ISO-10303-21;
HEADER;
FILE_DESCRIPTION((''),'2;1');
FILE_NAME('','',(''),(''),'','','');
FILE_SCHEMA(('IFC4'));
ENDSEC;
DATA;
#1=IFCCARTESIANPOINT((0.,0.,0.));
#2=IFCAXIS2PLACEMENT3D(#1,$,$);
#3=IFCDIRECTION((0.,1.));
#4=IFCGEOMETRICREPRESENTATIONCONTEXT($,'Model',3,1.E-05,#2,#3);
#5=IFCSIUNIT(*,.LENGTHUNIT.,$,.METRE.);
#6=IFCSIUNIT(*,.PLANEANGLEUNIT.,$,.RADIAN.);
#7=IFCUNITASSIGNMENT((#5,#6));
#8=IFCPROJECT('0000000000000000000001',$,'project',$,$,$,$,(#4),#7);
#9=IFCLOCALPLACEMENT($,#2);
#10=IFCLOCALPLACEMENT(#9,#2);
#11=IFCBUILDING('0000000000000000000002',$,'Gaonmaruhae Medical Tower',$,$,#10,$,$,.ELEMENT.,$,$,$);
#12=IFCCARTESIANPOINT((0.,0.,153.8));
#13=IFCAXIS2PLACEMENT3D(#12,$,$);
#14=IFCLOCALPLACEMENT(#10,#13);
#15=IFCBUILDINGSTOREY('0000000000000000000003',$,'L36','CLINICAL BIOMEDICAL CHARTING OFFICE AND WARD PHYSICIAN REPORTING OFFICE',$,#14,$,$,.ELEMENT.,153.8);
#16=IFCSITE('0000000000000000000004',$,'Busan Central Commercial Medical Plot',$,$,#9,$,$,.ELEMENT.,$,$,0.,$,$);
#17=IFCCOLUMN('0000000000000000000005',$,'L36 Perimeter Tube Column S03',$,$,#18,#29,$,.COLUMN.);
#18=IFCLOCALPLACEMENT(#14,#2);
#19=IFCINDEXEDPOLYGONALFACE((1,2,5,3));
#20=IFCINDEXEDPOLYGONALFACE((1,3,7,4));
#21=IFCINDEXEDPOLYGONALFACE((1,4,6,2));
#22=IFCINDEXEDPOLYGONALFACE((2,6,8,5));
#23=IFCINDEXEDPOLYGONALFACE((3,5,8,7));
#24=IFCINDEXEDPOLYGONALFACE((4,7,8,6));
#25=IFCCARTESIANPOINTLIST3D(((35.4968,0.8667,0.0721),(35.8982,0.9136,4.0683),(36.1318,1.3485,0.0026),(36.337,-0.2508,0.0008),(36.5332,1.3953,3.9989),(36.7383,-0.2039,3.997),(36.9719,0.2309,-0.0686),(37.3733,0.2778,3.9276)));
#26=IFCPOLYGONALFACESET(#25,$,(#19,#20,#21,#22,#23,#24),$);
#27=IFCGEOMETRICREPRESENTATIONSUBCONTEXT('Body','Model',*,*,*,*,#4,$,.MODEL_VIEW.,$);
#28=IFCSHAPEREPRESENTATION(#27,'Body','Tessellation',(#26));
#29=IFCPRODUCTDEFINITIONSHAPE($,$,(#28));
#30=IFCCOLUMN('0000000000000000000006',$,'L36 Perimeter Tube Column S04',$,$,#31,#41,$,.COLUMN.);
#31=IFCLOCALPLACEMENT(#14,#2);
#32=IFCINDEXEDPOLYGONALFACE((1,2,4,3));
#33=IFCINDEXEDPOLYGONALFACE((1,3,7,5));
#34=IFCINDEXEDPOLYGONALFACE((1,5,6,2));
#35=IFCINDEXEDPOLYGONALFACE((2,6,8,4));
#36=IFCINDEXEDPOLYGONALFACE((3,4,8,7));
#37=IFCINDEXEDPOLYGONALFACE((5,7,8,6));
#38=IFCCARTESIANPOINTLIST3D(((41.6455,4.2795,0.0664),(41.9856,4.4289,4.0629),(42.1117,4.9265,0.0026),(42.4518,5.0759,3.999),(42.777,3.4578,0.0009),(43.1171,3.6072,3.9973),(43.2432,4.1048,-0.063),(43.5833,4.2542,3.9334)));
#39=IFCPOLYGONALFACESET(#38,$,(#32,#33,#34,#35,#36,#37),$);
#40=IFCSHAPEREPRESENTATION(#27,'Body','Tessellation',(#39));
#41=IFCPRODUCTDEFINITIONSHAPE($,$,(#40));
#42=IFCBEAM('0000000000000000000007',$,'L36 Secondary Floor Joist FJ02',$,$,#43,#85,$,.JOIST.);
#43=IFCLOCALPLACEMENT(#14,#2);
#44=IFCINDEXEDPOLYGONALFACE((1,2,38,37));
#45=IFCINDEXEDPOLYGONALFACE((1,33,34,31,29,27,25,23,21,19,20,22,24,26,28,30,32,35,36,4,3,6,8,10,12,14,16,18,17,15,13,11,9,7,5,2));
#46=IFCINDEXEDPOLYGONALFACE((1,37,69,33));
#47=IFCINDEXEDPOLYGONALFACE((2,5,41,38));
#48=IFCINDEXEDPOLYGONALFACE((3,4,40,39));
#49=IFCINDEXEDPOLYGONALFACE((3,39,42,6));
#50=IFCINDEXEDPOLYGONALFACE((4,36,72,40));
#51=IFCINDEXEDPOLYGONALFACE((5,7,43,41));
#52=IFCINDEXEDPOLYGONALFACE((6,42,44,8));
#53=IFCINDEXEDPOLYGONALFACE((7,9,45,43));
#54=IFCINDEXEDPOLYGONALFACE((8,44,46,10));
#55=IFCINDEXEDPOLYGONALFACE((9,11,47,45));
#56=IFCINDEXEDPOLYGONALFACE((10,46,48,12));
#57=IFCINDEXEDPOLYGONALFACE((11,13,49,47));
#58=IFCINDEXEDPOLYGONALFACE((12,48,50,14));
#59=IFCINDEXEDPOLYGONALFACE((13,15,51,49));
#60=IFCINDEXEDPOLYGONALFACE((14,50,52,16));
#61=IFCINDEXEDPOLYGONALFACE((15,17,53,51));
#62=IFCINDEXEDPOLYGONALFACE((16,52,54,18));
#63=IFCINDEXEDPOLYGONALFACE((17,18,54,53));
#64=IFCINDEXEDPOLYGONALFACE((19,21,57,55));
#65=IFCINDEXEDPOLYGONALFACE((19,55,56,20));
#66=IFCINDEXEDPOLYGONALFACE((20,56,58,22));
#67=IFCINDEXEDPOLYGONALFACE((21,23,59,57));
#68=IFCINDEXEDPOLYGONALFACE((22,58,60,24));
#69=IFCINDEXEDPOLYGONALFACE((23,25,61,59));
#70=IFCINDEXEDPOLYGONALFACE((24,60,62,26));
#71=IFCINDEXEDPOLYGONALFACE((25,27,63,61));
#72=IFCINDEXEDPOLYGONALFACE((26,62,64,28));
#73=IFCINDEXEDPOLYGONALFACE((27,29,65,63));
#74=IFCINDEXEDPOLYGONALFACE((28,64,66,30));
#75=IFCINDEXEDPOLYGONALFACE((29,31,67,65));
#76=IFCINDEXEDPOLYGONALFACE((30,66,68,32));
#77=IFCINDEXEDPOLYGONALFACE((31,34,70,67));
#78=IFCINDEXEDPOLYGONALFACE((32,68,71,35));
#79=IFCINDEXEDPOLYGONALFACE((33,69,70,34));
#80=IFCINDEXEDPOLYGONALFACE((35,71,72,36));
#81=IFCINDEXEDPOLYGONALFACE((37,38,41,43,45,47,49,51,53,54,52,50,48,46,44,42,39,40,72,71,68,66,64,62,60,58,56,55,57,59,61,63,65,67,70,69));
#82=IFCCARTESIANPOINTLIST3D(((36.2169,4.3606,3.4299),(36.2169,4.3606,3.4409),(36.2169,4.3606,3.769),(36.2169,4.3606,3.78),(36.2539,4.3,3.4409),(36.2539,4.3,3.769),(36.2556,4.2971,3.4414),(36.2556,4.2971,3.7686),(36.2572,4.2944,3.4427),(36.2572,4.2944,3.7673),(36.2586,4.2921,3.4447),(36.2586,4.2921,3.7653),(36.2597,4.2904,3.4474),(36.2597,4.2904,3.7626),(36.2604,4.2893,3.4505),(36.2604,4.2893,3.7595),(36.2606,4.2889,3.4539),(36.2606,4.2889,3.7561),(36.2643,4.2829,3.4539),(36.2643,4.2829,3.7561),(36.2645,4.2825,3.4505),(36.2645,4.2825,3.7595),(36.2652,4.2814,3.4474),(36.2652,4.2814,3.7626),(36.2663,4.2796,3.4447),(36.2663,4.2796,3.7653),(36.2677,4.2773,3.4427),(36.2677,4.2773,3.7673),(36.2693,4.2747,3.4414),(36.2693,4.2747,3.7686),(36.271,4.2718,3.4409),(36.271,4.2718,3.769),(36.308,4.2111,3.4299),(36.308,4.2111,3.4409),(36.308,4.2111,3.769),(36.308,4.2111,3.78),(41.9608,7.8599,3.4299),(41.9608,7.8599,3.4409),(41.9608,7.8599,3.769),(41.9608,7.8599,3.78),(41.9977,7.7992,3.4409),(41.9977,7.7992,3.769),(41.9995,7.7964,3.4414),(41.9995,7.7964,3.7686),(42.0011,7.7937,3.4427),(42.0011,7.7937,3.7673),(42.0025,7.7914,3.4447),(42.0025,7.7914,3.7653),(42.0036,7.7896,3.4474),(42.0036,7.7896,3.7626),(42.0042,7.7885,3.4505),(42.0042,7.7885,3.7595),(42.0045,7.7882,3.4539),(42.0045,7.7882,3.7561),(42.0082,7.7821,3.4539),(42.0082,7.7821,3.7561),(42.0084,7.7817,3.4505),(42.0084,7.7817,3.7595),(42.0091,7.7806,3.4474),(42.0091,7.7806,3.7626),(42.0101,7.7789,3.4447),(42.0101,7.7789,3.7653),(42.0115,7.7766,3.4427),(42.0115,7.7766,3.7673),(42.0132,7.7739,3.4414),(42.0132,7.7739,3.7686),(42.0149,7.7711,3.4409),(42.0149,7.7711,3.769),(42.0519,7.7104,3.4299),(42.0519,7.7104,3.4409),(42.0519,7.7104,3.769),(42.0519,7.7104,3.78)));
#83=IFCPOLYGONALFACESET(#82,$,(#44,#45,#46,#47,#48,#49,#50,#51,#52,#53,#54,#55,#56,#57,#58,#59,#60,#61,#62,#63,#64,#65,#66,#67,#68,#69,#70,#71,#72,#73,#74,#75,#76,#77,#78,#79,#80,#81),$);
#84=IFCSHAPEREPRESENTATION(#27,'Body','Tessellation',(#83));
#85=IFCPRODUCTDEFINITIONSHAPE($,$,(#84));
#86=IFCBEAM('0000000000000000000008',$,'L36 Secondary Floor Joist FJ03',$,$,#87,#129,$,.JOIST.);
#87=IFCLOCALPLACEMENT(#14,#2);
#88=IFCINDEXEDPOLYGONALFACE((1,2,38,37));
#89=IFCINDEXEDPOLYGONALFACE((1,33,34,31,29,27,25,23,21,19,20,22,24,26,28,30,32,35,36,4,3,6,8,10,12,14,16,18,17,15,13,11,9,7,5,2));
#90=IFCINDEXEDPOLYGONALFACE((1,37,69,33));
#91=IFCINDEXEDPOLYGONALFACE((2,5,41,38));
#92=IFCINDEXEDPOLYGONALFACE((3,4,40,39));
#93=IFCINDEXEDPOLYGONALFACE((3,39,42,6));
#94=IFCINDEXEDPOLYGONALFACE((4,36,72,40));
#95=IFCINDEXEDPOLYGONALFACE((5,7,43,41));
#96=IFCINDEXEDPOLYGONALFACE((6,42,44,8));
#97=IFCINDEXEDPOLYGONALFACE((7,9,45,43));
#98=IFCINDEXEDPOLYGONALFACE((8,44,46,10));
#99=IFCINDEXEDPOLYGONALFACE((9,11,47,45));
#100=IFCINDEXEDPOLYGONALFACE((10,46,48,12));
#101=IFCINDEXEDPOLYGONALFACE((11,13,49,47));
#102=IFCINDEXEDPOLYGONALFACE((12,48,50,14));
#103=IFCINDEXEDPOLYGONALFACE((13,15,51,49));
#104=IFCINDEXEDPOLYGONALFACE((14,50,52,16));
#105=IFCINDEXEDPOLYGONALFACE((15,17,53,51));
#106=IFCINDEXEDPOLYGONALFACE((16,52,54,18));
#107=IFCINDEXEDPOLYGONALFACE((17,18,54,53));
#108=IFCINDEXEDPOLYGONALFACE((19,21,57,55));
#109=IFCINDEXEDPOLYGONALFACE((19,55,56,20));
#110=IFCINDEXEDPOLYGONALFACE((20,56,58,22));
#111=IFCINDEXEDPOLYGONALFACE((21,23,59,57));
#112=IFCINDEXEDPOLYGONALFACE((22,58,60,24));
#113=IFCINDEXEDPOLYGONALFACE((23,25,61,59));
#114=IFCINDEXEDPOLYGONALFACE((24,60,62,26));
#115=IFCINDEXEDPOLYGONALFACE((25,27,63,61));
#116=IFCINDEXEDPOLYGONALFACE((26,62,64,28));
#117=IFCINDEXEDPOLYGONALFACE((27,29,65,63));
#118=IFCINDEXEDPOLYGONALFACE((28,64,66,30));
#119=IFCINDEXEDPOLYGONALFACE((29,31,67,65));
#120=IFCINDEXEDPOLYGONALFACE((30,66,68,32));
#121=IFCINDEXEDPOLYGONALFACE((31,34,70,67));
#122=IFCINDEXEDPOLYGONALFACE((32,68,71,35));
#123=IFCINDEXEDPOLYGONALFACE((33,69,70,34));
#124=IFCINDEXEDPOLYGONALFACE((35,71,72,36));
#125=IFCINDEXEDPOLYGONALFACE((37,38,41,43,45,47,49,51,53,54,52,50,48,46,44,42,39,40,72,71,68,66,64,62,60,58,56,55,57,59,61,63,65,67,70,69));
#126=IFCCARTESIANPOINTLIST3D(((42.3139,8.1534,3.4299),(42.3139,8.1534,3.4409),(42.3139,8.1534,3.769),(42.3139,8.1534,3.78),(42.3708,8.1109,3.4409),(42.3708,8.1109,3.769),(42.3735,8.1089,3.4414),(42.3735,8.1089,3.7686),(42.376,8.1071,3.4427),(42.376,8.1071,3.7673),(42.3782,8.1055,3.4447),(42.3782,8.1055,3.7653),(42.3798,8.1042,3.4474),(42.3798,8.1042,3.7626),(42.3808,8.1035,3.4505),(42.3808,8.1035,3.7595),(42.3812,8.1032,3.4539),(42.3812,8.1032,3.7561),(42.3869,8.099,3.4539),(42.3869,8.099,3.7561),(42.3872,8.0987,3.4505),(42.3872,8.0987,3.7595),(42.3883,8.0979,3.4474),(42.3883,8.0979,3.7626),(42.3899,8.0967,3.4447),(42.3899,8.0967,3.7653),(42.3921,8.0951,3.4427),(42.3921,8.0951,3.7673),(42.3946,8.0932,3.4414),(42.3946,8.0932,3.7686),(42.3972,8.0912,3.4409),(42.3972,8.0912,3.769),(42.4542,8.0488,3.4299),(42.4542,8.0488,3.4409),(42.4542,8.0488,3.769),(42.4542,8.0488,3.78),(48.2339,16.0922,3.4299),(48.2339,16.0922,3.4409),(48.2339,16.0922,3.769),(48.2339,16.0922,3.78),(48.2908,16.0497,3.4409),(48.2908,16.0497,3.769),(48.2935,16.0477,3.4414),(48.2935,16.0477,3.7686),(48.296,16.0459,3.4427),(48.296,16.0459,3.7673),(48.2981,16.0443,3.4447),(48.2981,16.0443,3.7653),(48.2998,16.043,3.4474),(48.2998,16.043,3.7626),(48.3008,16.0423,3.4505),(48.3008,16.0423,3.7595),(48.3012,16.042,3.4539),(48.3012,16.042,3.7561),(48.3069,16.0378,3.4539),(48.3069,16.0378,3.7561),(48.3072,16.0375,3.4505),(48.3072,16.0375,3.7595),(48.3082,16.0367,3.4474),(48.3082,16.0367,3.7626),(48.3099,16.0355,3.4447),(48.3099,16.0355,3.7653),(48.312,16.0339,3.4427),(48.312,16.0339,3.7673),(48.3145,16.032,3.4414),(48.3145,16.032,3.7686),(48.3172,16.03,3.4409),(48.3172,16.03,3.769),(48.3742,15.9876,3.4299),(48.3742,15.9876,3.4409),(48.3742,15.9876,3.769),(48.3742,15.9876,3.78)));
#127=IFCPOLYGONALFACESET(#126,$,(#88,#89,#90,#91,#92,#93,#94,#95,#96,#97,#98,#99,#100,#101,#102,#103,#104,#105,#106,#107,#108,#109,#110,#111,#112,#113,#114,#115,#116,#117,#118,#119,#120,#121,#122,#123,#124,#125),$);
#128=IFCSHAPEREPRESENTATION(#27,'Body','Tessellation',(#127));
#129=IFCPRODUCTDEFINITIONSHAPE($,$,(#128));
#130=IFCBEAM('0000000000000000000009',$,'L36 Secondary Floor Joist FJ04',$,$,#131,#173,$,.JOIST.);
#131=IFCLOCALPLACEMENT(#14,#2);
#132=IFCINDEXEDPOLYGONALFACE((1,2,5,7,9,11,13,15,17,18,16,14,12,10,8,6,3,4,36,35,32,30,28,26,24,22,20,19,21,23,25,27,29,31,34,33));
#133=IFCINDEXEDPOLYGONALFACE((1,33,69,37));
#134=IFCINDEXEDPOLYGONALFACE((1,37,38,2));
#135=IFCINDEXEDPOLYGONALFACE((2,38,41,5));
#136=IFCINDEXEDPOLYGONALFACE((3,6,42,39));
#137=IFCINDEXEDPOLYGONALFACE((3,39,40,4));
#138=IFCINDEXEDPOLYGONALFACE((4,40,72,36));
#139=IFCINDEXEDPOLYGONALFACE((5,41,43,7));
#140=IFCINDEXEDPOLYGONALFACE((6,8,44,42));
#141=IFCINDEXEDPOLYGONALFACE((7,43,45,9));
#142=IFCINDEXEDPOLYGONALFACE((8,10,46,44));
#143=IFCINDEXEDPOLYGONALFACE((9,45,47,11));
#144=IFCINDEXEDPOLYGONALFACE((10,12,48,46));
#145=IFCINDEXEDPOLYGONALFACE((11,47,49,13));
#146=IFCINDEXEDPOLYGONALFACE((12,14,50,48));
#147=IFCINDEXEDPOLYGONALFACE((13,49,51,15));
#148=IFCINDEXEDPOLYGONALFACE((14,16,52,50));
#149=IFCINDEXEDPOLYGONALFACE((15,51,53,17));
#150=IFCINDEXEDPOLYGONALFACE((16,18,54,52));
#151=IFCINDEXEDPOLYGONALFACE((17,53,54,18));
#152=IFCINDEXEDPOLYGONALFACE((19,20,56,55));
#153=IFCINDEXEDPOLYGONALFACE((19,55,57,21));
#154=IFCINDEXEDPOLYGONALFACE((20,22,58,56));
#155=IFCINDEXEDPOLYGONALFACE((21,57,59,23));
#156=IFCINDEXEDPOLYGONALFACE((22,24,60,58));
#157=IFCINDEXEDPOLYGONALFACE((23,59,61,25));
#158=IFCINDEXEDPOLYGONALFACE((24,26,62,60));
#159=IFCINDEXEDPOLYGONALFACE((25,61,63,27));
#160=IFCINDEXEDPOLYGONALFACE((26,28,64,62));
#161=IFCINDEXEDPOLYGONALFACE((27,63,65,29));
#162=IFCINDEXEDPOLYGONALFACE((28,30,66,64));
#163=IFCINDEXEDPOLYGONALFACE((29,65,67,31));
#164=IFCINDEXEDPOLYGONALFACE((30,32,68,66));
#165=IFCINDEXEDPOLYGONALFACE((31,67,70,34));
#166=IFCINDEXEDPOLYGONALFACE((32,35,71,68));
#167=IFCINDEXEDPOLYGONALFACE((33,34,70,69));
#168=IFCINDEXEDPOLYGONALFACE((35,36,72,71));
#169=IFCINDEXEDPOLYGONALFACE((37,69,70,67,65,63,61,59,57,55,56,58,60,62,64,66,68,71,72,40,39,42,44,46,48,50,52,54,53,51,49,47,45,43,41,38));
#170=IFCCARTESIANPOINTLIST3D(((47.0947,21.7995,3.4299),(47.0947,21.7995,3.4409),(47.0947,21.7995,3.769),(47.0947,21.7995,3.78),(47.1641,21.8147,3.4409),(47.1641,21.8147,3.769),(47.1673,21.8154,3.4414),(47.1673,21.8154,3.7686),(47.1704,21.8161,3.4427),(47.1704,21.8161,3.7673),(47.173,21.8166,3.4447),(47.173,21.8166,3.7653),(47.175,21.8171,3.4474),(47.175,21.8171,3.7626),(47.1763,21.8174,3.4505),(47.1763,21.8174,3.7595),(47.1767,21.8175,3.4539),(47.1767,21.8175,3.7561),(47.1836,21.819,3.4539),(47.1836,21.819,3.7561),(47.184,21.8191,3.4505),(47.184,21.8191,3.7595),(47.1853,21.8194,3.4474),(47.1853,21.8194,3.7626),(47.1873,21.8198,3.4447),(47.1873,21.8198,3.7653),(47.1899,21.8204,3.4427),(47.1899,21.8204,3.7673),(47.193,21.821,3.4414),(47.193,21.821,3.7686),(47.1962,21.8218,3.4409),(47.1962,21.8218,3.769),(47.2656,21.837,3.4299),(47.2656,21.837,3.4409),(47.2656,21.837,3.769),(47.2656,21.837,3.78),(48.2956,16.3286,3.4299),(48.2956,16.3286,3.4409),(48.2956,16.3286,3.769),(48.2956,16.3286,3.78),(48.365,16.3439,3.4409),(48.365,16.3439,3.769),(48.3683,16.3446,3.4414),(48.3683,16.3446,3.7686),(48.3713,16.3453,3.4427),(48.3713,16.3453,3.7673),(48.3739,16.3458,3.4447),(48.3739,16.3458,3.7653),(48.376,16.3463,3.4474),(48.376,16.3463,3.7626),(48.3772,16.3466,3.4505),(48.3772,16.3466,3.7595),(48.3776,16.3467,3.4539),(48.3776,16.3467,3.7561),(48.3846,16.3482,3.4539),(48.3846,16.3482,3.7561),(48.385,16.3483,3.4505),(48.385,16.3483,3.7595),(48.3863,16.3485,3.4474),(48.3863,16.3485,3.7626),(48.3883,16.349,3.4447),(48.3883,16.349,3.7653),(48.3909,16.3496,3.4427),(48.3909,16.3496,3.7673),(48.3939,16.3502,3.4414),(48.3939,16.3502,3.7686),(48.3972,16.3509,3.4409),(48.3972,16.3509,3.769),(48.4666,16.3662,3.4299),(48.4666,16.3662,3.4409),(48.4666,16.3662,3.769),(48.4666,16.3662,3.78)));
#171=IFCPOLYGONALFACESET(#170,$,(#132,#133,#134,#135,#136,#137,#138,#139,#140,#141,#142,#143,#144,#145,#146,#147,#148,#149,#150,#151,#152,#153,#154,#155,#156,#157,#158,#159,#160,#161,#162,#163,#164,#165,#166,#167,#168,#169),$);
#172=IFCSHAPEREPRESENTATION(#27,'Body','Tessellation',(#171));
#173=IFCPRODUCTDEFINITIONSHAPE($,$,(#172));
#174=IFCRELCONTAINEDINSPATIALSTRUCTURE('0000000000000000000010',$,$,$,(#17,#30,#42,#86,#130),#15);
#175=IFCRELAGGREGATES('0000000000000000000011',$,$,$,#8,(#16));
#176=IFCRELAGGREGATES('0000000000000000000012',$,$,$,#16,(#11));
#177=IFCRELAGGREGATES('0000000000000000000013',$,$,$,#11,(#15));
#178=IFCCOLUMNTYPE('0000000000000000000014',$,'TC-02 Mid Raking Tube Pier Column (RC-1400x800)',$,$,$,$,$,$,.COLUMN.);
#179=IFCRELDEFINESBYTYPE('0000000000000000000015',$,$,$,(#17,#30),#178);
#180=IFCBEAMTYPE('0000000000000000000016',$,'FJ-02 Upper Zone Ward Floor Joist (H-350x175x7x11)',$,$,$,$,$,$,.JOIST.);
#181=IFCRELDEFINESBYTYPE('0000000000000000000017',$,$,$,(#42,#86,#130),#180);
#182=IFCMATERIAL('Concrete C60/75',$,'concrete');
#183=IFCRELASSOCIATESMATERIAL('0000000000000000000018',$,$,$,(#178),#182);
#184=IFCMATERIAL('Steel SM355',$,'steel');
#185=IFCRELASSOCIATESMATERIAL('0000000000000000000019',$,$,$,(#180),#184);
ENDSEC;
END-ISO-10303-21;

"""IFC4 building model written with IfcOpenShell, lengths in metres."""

from ifc_helpers import new_model, si_unit, direction, frame, origin, origin_2d, place, context, subcontext, project, spatial, rectangle, i_section, extrude, material, material_profile, profile_set, type_object, element, save


model = new_model("IFC4")

# Units and contexts
model_context = context("Model", 3, precision=1e-05, world=origin(), true_north=direction((0.0, 1.0)))
body_context = subcontext(model_context, "Body", "Model", "MODEL_VIEW")
ifc_project = project(units=[si_unit("LENGTHUNIT", "METRE"), si_unit("PLANEANGLEUNIT", "RADIAN")], contexts=[model_context])

# Site, building, storey
site_placement = place(None, origin())
site = spatial("IfcSite", under=ifc_project, at=site_placement, Name="Busan Central Commercial Medical Plot", CompositionType="ELEMENT", RefElevation=0.0)
building_placement = place(site_placement, origin())
building = spatial("IfcBuilding", under=site, at=building_placement, Name="Gaonmaruhae Medical Tower", CompositionType="ELEMENT")
storey_placement = place(building_placement, frame((0.0, 0.0, 153.8)))
storey = spatial("IfcBuildingStorey", under=building, at=storey_placement, Name="L36", Description="CLINICAL BIOMEDICAL CHARTING OFFICE AND WARD PHYSICIAN REPORTING OFFICE", CompositionType="ELEMENT", Elevation=153.8)

# Columns
ifc_material_1 = material(Name="Concrete C60/75", Category="concrete")
ifc_material_profile_1 = material_profile(ifc_material_1, rectangle(XDim=1.3999, YDim=0.8, at=origin_2d()), Name="RC-1400x800")
ifc_profile_set_1 = profile_set([ifc_material_profile_1], Name="Concrete C60/75")
column_type = type_object("IfcColumnType", Name="TC-02 Mid Raking Tube Pier Column (RC-1400x800)", PredefinedType="COLUMN", material=ifc_profile_set_1)
column_1_placement = place(storey_placement, frame((36.2344, 0.5488, 0.0017), z_axis=(0.099924, 0.01167, 0.994927), x_axis=(-0.600119, 0.798289, 0.050909)))
element("IfcColumn", 1, at=column_1_placement, inside=storey, type_object=column_type, Name="L36 Perimeter Tube Column S03", PredefinedType="COLUMN", context=body_context, shape_type="SweptSolid", body=[
    extrude(rectangle(XDim=1.3999, YDim=0.8, at=origin_2d()), origin(), (0.0, 0.0, 1.0), 4.0166),
])
column_2_placement = place(storey_placement, frame((42.4443, 4.1921, 0.0017), z_axis=(0.084735, 0.037227, 0.995708), x_axis=(-0.808235, 0.586995, 0.046834)))
element("IfcColumn", 2, at=column_2_placement, inside=storey, type_object=column_type, Name="L36 Perimeter Tube Column S04", PredefinedType="COLUMN", context=body_context, shape_type="SweptSolid", body=[
    extrude(rectangle(XDim=1.3999, YDim=0.8, at=origin_2d()), origin(), (0.0, 0.0, 1.0), 4.0137),
])

# Beams
ifc_material_2 = material(Name="Steel SM355", Category="steel")
ifc_material_profile_2 = material_profile(ifc_material_2, i_section(OverallWidth=0.175, OverallDepth=0.3501, WebThickness=0.0071, FlangeThickness=0.011, FilletRadius=0.0129, at=origin_2d()), Name="H-350x175x7x11")
ifc_profile_set_2 = profile_set([ifc_material_profile_2], Name="Steel SM355")
beam_type_1 = type_object("IfcBeamType", Name="FJ-02 Upper Zone Ward Floor Joist (H-350x175x7x11)", PredefinedType="JOIST", material=ifc_profile_set_2)
beam_1_placement = place(storey_placement, frame((36.2625, 4.2859, 3.605), z_axis=(0.854002, 0.52027, 0.0), x_axis=(-0.52027, 0.854002, 0.0)))
element("IfcBeam", 3, at=beam_1_placement, inside=storey, type_object=beam_type_1, Name="L36 Secondary Floor Joist FJ02", PredefinedType="JOIST", context=body_context, shape_type="SweptSolid", body=[
    extrude(i_section(OverallWidth=0.175, OverallDepth=0.3501, WebThickness=0.0071, FlangeThickness=0.011, FilletRadius=0.0129, at=origin_2d()), origin(), (0.0, 0.0, 1.0), 6.7258),
])
beam_2_placement = place(storey_placement, frame((42.384, 8.1011, 3.605), z_axis=(0.597793, 0.801651, 0.0), x_axis=(-0.801651, 0.597793, 0.0)))
element("IfcBeam", 4, at=beam_2_placement, inside=storey, type_object=beam_type_1, Name="L36 Secondary Floor Joist FJ03", PredefinedType="JOIST", context=body_context, shape_type="SweptSolid", body=[
    extrude(i_section(OverallWidth=0.175, OverallDepth=0.3501, WebThickness=0.0071, FlangeThickness=0.011, FilletRadius=0.0129, at=origin_2d()), origin(), (0.0, 0.0, 1.0), 9.9031),
])
beam_3_placement = place(storey_placement, frame((48.3811, 16.3474, 3.605), z_axis=(-0.214414, 0.976743, 0.0), x_axis=(-0.976743, -0.214414, 0.0)))
element("IfcBeam", 5, at=beam_3_placement, inside=storey, type_object=beam_type_1, Name="L36 Secondary Floor Joist FJ04", PredefinedType="JOIST", context=body_context, shape_type="SweptSolid", body=[
    extrude(i_section(OverallWidth=0.175, OverallDepth=0.3501, WebThickness=0.0071, FlangeThickness=0.011, FilletRadius=0.0129, at=origin_2d()), origin(), (0.0, 0.0, 1.0), 5.6011),
])

save(model, "model.ifc")
